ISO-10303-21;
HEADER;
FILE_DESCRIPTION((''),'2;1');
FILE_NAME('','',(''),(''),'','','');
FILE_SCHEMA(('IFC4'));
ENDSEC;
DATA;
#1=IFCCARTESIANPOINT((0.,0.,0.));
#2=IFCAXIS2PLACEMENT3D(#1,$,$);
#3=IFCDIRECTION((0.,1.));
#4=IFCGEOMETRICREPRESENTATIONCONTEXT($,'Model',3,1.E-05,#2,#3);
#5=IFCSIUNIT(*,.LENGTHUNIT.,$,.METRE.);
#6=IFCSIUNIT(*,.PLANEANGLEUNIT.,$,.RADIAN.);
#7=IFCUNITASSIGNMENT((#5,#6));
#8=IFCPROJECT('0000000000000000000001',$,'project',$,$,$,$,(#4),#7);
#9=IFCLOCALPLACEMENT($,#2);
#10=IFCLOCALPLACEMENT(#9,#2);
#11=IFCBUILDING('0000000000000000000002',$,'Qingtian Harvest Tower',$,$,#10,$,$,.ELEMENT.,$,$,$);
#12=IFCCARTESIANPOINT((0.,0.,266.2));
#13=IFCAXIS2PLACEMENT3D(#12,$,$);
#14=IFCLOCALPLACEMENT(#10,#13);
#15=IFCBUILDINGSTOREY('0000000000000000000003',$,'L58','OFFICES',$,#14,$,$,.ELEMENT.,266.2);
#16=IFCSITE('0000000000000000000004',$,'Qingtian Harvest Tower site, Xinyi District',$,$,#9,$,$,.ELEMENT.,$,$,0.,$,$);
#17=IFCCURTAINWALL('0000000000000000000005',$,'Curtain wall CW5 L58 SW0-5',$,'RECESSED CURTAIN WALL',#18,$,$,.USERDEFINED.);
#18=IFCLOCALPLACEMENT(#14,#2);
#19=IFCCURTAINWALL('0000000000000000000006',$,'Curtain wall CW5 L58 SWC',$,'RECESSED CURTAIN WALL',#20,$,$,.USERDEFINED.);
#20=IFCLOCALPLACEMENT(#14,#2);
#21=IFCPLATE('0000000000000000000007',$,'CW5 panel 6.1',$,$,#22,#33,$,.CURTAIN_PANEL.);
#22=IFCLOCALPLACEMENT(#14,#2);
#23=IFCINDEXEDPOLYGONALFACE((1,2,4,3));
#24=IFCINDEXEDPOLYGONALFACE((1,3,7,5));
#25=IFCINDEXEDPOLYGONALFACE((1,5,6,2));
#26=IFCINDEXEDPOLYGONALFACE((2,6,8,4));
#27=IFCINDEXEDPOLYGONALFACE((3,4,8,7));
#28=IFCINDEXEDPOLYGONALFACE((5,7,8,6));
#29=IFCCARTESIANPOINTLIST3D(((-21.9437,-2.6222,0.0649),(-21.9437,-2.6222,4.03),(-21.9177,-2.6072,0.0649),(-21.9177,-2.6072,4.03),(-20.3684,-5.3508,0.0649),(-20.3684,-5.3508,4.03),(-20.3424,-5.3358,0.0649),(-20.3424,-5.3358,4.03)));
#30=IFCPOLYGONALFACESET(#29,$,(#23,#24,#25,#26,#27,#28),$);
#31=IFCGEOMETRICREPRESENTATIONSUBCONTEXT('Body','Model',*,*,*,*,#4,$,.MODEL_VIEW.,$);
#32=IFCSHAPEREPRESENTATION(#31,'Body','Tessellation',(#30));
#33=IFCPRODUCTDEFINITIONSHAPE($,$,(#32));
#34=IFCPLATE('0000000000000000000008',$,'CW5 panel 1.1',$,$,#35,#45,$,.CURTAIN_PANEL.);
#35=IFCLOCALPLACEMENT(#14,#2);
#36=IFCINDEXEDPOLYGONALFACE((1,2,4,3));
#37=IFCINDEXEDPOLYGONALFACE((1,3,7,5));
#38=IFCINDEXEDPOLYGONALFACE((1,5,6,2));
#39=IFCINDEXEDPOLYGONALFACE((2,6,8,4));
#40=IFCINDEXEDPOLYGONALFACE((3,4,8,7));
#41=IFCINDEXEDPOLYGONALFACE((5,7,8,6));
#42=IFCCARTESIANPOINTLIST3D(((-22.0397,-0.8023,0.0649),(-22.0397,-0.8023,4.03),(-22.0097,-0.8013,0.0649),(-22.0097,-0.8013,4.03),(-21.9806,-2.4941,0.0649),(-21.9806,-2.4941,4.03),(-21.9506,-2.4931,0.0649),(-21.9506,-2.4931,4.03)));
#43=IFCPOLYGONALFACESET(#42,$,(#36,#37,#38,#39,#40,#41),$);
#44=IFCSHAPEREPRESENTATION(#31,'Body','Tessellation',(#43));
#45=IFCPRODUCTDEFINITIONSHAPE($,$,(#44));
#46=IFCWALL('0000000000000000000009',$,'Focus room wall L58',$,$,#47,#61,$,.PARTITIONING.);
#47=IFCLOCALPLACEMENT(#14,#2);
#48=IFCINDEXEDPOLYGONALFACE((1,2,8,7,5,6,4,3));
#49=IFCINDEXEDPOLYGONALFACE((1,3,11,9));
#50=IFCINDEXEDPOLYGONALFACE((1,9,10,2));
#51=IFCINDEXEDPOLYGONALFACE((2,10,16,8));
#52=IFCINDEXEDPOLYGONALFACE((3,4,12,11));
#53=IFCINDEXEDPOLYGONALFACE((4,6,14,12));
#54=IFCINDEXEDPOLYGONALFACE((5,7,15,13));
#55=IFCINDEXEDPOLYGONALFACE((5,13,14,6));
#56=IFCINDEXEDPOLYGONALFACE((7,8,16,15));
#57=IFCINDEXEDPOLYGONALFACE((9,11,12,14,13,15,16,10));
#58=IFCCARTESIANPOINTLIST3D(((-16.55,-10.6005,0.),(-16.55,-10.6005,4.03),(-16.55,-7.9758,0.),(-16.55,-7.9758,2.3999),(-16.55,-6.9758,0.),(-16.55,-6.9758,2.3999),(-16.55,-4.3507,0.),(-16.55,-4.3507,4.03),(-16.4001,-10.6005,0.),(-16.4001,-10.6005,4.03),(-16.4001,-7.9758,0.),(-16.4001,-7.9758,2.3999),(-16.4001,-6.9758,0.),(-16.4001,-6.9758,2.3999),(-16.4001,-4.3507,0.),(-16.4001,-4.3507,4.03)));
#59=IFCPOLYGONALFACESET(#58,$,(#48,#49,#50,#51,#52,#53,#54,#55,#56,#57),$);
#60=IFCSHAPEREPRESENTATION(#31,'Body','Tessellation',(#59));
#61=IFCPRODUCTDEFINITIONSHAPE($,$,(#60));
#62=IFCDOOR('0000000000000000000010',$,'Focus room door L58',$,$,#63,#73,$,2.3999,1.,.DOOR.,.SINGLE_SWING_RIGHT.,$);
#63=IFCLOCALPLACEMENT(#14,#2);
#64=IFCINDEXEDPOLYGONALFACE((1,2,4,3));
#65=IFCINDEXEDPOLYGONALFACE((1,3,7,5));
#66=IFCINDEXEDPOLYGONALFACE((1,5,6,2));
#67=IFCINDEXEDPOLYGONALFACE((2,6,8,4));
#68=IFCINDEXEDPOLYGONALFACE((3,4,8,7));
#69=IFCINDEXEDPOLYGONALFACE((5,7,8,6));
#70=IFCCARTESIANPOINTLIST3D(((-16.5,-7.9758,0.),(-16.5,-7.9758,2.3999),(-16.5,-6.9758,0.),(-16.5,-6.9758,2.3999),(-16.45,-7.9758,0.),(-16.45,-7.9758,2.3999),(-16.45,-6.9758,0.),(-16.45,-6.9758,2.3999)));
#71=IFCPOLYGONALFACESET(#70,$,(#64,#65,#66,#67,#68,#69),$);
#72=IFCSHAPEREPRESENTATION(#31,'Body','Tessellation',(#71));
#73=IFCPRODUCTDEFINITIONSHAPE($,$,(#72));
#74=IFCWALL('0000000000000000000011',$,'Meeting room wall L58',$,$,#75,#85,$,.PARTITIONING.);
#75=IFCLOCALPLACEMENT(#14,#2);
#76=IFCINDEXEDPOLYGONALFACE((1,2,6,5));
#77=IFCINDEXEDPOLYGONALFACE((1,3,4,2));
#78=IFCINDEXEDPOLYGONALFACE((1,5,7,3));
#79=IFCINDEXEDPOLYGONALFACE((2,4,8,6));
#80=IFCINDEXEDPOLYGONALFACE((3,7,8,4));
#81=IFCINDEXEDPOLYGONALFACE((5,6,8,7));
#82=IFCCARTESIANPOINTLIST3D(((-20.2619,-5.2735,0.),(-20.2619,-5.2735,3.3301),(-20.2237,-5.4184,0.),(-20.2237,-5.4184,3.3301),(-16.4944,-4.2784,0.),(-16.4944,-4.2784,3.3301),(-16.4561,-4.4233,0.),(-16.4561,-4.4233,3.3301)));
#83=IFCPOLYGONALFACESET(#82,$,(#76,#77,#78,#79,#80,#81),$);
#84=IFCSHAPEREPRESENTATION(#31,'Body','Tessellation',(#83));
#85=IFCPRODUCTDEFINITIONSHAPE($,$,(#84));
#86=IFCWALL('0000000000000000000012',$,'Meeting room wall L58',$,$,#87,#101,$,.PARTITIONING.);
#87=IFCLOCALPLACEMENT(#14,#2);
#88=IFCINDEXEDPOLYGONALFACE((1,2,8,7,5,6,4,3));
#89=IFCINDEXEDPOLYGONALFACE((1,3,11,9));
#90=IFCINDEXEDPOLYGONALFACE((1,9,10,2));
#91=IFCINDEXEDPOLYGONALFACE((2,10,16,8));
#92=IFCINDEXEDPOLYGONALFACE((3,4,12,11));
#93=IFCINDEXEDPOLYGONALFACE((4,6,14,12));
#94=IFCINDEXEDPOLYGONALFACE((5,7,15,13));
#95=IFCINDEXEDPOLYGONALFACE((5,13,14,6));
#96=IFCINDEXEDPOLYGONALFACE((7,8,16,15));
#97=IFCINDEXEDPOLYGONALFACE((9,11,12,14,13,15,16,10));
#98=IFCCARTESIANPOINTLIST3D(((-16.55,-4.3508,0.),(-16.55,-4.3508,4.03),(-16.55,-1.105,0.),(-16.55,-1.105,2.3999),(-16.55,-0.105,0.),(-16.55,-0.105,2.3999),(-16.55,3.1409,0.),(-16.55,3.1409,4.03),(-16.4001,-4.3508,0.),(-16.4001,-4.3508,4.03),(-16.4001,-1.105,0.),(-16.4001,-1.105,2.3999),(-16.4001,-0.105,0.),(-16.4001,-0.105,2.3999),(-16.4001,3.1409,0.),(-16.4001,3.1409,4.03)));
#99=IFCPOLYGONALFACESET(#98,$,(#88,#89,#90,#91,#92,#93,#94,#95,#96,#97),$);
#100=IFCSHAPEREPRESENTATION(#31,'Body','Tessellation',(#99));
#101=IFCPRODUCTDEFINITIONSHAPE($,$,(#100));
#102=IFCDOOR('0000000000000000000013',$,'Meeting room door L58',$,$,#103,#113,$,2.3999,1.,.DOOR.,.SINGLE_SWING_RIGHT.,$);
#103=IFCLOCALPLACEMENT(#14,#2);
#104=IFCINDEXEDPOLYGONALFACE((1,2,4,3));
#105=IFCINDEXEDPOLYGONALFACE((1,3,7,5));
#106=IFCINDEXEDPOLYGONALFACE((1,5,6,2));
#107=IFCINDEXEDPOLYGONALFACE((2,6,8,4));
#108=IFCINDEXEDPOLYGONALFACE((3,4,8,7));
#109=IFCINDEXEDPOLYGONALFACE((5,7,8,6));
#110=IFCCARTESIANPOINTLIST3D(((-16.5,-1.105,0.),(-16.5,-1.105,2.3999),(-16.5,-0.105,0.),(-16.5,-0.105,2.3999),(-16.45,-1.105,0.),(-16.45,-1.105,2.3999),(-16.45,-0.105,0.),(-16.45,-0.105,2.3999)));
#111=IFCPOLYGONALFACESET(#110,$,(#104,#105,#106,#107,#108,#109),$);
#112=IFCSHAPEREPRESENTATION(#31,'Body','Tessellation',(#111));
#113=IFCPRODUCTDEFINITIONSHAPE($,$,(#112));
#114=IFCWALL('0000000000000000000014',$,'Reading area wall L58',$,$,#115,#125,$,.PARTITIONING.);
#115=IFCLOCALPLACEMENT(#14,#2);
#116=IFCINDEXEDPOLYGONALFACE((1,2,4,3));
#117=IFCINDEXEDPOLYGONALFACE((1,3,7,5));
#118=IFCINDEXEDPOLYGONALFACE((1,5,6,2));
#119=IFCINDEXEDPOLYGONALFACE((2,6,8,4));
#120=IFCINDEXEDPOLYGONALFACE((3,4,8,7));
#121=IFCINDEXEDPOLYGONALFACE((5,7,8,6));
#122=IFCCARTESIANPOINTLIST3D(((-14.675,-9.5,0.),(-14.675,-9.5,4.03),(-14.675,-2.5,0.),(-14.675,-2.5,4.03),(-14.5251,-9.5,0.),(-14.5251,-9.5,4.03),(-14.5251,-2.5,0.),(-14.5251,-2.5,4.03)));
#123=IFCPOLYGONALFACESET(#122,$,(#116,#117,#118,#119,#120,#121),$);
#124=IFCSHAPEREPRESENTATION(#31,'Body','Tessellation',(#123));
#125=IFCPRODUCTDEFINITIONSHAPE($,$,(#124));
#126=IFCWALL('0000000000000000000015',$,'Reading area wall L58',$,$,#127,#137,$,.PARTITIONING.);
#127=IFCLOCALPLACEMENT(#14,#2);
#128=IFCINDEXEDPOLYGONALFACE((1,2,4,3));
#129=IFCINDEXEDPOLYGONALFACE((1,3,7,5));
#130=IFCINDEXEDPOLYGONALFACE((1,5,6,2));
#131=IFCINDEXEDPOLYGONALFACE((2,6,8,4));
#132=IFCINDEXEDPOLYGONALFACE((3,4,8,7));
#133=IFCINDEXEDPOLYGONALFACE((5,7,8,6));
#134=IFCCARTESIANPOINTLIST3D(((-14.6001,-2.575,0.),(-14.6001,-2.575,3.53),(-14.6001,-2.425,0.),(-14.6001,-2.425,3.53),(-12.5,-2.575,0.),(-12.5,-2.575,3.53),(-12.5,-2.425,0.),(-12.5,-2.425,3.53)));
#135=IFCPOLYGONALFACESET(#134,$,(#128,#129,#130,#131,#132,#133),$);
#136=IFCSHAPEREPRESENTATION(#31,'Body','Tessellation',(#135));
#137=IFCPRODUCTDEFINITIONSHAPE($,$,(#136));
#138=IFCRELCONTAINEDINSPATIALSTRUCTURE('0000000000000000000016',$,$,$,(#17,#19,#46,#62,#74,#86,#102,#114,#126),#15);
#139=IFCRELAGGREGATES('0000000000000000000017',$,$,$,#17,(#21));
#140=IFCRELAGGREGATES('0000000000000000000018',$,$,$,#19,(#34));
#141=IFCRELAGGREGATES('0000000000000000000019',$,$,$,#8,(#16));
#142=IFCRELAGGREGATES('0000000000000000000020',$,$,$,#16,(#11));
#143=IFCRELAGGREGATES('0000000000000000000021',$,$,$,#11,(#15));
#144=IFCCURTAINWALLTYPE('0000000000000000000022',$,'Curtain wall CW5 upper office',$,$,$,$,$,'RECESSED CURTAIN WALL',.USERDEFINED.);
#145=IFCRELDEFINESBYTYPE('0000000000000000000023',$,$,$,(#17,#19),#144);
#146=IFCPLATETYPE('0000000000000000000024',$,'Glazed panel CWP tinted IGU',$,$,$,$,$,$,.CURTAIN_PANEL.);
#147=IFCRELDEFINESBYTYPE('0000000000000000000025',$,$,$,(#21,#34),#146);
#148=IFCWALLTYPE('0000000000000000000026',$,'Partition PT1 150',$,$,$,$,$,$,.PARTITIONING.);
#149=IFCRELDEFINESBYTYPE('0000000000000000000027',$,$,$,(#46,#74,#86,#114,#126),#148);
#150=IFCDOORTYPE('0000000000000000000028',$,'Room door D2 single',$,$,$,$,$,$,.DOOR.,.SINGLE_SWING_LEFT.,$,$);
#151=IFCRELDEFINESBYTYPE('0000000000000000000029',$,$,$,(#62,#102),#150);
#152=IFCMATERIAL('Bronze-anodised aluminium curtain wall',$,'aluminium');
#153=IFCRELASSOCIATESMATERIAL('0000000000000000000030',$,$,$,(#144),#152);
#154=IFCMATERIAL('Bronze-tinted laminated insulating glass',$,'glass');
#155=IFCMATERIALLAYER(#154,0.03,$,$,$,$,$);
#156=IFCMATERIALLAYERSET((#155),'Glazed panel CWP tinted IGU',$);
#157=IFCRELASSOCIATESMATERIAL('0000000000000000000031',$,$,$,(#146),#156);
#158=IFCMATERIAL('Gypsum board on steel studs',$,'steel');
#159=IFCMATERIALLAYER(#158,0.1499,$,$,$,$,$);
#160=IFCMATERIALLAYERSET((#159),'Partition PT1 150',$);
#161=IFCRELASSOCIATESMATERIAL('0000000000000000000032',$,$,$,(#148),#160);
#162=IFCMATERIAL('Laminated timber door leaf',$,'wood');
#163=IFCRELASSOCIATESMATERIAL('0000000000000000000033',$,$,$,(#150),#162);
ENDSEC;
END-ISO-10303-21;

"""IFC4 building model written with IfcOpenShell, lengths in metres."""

from ifc_helpers import new_model, si_unit, direction, frame, frame_2d, origin, origin_2d, place, context, subcontext, project, spatial, rectangle, extrude, material, layer, layer_set, type_object, element, fill, aggregate, save


model = new_model("IFC4")

# Units and contexts
model_context = context("Model", 3, precision=1e-05, world=origin(), true_north=direction((0.0, 1.0)))
body_context = subcontext(model_context, "Body", "Model", "MODEL_VIEW")
ifc_project = project(units=[si_unit("LENGTHUNIT", "METRE"), si_unit("PLANEANGLEUNIT", "RADIAN")], contexts=[model_context])

# Site, building, storey
site_placement = place(None, origin())
site = spatial("IfcSite", under=ifc_project, at=site_placement, Name="Qingtian Harvest Tower site, Xinyi District", CompositionType="ELEMENT", RefElevation=0.0)
building_placement = place(site_placement, origin())
building = spatial("IfcBuilding", under=site, at=building_placement, Name="Qingtian Harvest Tower", CompositionType="ELEMENT")
storey_placement = place(building_placement, frame((0.0, 0.0, 266.2)))
storey = spatial("IfcBuildingStorey", under=building, at=storey_placement, Name="L58", Description="OFFICES", CompositionType="ELEMENT", Elevation=266.2)

# Curtain walls
ifc_material_1 = material(Name="Bronze-anodised aluminium curtain wall", Category="aluminium")
curtain_wall_type = type_object("IfcCurtainWallType", Name="Curtain wall CW5 upper office", ElementType="RECESSED CURTAIN WALL", PredefinedType="USERDEFINED", material=ifc_material_1)
curtain_wall_1_placement = place(storey_placement, origin())
curtain_wall_1 = element("IfcCurtainWall", 1, at=curtain_wall_1_placement, inside=storey, type_object=curtain_wall_type, Name="Curtain wall CW5 L58 SW0-5", ObjectType="RECESSED CURTAIN WALL", PredefinedType="USERDEFINED")
curtain_wall_2_placement = place(storey_placement, origin())
curtain_wall_2 = element("IfcCurtainWall", 2, at=curtain_wall_2_placement, inside=storey, type_object=curtain_wall_type, Name="Curtain wall CW5 L58 SWC", ObjectType="RECESSED CURTAIN WALL", PredefinedType="USERDEFINED")

# Plates
ifc_material_2 = material(Name="Bronze-tinted laminated insulating glass", Category="glass")
ifc_layer_1 = layer(ifc_material_2, 0.03)
ifc_layer_set_1 = layer_set([ifc_layer_1], Name="Glazed panel CWP tinted IGU")
plate_type = type_object("IfcPlateType", Name="Glazed panel CWP tinted IGU", PredefinedType="CURTAIN_PANEL", material=ifc_layer_set_1)
plate_1_placement = place(storey_placement, frame((-21.1431, -3.979, 0.0649), z_axis=(0.0, 0.0, 1.0), x_axis=(-0.5, 0.866025, 0.0)))
plate_1 = element("IfcPlate", 3, at=plate_1_placement, type_object=plate_type, Name="CW5 panel 6.1", PredefinedType="CURTAIN_PANEL", context=body_context, shape_type="SweptSolid", body=[
    extrude(rectangle(XDim=3.1506, YDim=0.03, at=origin_2d()), origin(), (0.0, 0.0, 1.0), 3.9651),
])
aggregate(curtain_wall_1, [plate_1])
plate_2_placement = place(storey_placement, frame((-21.9951, -1.6477, 0.0649), z_axis=(0.0, 0.0, 1.0), x_axis=(-0.034899, 0.999391, 0.0)))
plate_2 = element("IfcPlate", 4, at=plate_2_placement, type_object=plate_type, Name="CW5 panel 1.1", PredefinedType="CURTAIN_PANEL", context=body_context, shape_type="SweptSolid", body=[
    extrude(rectangle(XDim=1.6929, YDim=0.03, at=origin_2d()), origin(), (0.0, 0.0, 1.0), 3.9651),
])
aggregate(curtain_wall_2, [plate_2])

# Wall, opening, door
ifc_material_3 = material(Name="Gypsum board on steel studs", Category="steel")
ifc_layer_2 = layer(ifc_material_3, 0.1499)
ifc_layer_set_2 = layer_set([ifc_layer_2], Name="Partition PT1 150")
wall_type = type_object("IfcWallType", Name="Partition PT1 150", PredefinedType="PARTITIONING", material=ifc_layer_set_2)
wall_1_placement = place(storey_placement, frame((-16.4751, -10.6006, 0.0), z_axis=(0.0, 0.0, 1.0), x_axis=(0.0, 1.0, 0.0)))
wall_1 = element("IfcWall", 5, at=wall_1_placement, inside=storey, type_object=wall_type, Name="Focus room wall L58", PredefinedType="PARTITIONING", context=body_context, shape_type="SweptSolid", body=[
    extrude(rectangle(XDim=6.2498, YDim=0.1499, at=frame_2d((3.125, 0.0))), origin(), (0.0, 0.0, 1.0), 4.03),
])
opening_1_placement = place(wall_1_placement, frame((2.6248, 0.0, 0.0)))
opening_1 = element("IfcOpeningElement", 6, at=opening_1_placement, cuts=wall_1, PredefinedType="OPENING", context=body_context, shape_type="SweptSolid", body=[
    extrude(rectangle(XDim=1.0, YDim=2.3999, at=frame_2d((0.5, 1.2))), frame((0.0, 0.085, 0.0), z_axis=(0.0, -1.0, 0.0), x_axis=(1.0, 0.0, 0.0)), (0.0, 0.0, 1.0), 0.1699),
])
ifc_material_4 = material(Name="Laminated timber door leaf", Category="wood")
door_type = type_object("IfcDoorType", Name="Room door D2 single", OperationType="SINGLE_SWING_LEFT", PredefinedType="DOOR", material=ifc_material_4)
door_1_placement = place(opening_1_placement, origin())
door_1 = element("IfcDoor", 7, at=door_1_placement, inside=storey, type_object=door_type, Name="Focus room door L58", OperationType="SINGLE_SWING_RIGHT", OverallHeight=2.3999, OverallWidth=1.0, PredefinedType="DOOR", context=body_context, shape_type="SweptSolid", body=[
    extrude(rectangle(XDim=1.0, YDim=2.3999, at=frame_2d((0.5, 1.2))), frame((0.0, 0.0249, 0.0), z_axis=(0.0, -1.0, 0.0), x_axis=(1.0, 0.0, 0.0)), (0.0, 0.0, 1.0), 0.05),
])
fill(opening_1, door_1)

# Wall
wall_2_placement = place(storey_placement, frame((-20.2427, -5.3459, 0.0), z_axis=(0.0, 0.0, 1.0), x_axis=(0.966844, 0.255369, 0.0)))
element("IfcWall", 8, at=wall_2_placement, inside=storey, type_object=wall_type, Name="Meeting room wall L58", PredefinedType="PARTITIONING", context=body_context, shape_type="SweptSolid", body=[
    extrude(rectangle(XDim=3.8967, YDim=0.1499, at=frame_2d((1.9482, 0.0))), origin(), (0.0, 0.0, 1.0), 3.3301),
])

# Wall, opening, door
wall_3_placement = place(storey_placement, frame((-16.4751, -4.3508, 0.0), z_axis=(0.0, 0.0, 1.0), x_axis=(0.0, 1.0, 0.0)))
wall_3 = element("IfcWall", 9, at=wall_3_placement, inside=storey, type_object=wall_type, Name="Meeting room wall L58", PredefinedType="PARTITIONING", context=body_context, shape_type="SweptSolid", body=[
    extrude(rectangle(XDim=7.4917, YDim=0.1499, at=frame_2d((3.7458, 0.0))), origin(), (0.0, 0.0, 1.0), 4.03),
])
opening_2_placement = place(wall_3_placement, frame((3.2458, 0.0, 0.0)))
opening_2 = element("IfcOpeningElement", 10, at=opening_2_placement, cuts=wall_3, PredefinedType="OPENING", context=body_context, shape_type="SweptSolid", body=[
    extrude(rectangle(XDim=1.0, YDim=2.3999, at=frame_2d((0.5, 1.2))), frame((0.0, 0.085, 0.0), z_axis=(0.0, -1.0, 0.0), x_axis=(1.0, 0.0, 0.0)), (0.0, 0.0, 1.0), 0.1699),
])
door_2_placement = place(opening_2_placement, origin())
door_2 = element("IfcDoor", 11, at=door_2_placement, inside=storey, type_object=door_type, Name="Meeting room door L58", OperationType="SINGLE_SWING_RIGHT", OverallHeight=2.3999, OverallWidth=1.0, PredefinedType="DOOR", context=body_context, shape_type="SweptSolid", body=[
    extrude(rectangle(XDim=1.0, YDim=2.3999, at=frame_2d((0.5, 1.2))), frame((0.0, 0.0249, 0.0), z_axis=(0.0, -1.0, 0.0), x_axis=(1.0, 0.0, 0.0)), (0.0, 0.0, 1.0), 0.05),
])
fill(opening_2, door_2)

# Walls
wall_4_placement = place(storey_placement, frame((-14.6001, -9.5, 0.0), z_axis=(0.0, 0.0, 1.0), x_axis=(0.0, 1.0, 0.0)))
element("IfcWall", 12, at=wall_4_placement, inside=storey, type_object=wall_type, Name="Reading area wall L58", PredefinedType="PARTITIONING", context=body_context, shape_type="SweptSolid", body=[
    extrude(rectangle(XDim=7.0, YDim=0.1499, at=frame_2d((3.5, 0.0))), origin(), (0.0, 0.0, 1.0), 4.03),
])
wall_5_placement = place(storey_placement, frame((-12.5, -2.5, 0.0), z_axis=(0.0, 0.0, 1.0), x_axis=(-1.0, 0.0, 0.0)))
element("IfcWall", 13, at=wall_5_placement, inside=storey, type_object=wall_type, Name="Reading area wall L58", PredefinedType="PARTITIONING", context=body_context, shape_type="SweptSolid", body=[
    extrude(rectangle(XDim=2.1001, YDim=0.1499, at=frame_2d((1.05, 0.0))), origin(), (0.0, 0.0, 1.0), 3.53),
])

save(model, "model.ifc")
